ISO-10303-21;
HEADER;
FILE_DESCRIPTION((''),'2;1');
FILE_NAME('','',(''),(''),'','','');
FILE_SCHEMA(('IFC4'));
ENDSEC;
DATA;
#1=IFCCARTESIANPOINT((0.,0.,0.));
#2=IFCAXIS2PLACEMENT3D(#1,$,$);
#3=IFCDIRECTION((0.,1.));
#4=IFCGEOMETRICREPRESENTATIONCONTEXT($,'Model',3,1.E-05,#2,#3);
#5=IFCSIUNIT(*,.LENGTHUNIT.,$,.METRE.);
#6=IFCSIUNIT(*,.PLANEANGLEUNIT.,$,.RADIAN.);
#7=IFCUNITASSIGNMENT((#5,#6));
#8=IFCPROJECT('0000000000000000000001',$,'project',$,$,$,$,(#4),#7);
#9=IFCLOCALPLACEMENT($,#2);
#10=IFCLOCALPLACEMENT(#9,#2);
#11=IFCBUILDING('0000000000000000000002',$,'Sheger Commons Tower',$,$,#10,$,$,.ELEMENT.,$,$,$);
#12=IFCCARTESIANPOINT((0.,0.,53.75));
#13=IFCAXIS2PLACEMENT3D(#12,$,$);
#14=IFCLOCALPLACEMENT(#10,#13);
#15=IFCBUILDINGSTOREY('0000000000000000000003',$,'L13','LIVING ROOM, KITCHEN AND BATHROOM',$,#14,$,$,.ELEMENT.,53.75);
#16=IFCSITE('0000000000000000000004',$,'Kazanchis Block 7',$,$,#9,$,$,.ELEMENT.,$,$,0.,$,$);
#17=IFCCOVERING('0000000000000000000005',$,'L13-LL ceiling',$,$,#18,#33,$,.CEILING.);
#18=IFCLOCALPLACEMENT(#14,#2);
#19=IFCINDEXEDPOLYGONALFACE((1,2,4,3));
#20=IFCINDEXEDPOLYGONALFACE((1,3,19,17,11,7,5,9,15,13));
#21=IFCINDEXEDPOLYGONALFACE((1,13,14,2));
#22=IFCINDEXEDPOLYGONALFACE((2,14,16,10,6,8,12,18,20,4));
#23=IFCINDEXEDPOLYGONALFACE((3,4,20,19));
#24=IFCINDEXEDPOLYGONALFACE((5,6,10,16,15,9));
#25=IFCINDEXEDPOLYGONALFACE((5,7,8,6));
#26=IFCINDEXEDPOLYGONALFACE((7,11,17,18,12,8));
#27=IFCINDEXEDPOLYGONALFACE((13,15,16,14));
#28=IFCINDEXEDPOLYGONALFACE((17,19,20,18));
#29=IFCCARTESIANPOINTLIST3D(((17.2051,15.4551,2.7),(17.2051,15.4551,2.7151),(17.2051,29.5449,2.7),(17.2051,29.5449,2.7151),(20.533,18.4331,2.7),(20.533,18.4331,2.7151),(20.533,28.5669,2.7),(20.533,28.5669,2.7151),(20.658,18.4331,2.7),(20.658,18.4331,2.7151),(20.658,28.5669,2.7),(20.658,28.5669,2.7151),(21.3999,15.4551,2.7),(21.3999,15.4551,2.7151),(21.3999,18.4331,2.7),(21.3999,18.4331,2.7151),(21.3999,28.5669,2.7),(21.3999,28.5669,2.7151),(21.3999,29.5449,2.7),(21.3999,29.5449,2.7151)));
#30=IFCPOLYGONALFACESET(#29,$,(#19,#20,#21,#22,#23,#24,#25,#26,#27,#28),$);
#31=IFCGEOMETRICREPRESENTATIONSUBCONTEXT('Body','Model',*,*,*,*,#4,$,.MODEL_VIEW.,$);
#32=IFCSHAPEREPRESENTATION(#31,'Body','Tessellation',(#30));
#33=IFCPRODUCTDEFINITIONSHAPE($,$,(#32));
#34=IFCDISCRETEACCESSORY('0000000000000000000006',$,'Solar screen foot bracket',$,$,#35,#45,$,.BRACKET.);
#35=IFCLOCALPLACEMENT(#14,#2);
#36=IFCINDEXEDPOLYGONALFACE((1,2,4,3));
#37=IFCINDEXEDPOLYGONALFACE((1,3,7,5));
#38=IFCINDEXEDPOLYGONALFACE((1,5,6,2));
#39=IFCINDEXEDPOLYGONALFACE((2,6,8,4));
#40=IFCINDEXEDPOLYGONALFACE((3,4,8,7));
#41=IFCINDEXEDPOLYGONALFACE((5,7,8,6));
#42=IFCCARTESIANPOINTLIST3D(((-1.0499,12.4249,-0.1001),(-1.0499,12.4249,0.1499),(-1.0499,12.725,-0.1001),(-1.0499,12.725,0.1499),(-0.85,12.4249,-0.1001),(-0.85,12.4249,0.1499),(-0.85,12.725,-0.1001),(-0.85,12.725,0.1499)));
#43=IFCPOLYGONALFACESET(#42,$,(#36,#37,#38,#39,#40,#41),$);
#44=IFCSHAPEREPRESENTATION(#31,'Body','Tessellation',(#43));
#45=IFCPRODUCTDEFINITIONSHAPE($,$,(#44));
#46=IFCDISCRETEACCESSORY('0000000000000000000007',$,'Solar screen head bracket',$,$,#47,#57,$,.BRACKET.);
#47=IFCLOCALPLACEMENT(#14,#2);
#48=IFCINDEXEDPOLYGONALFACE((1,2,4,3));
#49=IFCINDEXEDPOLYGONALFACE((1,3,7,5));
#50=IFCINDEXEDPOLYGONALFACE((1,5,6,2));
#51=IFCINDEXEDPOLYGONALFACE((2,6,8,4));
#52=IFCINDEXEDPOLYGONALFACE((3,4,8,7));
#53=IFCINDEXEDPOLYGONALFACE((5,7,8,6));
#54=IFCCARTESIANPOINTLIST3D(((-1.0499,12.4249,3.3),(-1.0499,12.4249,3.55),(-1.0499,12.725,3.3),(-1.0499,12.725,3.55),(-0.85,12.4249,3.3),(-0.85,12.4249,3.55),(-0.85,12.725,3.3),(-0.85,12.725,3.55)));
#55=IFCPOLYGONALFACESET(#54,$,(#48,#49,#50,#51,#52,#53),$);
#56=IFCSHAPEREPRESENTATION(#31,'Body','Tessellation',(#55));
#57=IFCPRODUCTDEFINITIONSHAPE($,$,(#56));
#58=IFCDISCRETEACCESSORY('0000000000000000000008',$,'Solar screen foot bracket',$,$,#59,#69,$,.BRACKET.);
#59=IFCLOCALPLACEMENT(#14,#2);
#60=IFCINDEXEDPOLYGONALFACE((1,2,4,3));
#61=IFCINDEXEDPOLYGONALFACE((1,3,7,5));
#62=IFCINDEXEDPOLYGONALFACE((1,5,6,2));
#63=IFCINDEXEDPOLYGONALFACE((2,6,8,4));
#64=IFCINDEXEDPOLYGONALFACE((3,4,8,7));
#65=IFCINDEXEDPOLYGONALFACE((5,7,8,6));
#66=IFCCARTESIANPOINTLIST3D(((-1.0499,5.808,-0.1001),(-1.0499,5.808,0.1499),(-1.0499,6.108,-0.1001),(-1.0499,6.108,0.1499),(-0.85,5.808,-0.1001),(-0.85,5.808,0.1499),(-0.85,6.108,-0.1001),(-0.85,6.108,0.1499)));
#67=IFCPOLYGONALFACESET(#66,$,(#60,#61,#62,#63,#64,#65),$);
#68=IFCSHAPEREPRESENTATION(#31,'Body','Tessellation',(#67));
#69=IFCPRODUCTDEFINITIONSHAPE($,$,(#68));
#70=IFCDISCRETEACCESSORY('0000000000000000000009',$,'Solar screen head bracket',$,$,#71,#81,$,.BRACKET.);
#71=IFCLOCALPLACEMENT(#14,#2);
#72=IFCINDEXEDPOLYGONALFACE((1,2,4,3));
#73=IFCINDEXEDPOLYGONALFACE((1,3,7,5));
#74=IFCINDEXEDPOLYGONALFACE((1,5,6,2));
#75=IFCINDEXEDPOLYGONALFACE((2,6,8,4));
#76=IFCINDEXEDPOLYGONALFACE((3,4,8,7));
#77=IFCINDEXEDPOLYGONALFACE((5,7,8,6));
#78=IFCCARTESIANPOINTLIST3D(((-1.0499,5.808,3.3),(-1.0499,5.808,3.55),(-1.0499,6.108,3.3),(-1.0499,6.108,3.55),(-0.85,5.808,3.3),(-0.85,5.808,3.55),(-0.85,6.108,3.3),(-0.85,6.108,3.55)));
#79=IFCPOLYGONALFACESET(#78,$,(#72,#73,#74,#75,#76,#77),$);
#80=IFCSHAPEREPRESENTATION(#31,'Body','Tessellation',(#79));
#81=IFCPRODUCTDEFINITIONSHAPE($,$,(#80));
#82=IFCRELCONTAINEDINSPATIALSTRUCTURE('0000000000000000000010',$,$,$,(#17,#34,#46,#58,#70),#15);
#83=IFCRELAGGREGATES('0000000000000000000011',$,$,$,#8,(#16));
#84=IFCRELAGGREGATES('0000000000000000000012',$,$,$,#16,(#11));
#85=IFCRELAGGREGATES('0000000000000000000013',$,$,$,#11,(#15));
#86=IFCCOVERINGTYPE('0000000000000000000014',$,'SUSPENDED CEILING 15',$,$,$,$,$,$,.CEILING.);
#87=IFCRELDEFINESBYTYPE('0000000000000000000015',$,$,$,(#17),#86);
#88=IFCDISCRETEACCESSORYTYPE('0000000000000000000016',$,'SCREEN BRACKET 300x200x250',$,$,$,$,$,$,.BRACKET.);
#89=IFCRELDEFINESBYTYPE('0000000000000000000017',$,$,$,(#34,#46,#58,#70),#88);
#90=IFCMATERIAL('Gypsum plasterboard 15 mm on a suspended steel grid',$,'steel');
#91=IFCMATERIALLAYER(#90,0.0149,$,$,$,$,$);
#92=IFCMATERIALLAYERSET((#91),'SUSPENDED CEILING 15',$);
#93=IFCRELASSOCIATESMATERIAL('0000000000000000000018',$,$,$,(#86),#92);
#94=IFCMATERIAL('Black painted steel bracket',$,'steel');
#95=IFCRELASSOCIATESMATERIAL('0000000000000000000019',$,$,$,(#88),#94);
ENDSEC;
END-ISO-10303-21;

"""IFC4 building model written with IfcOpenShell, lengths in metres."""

from ifc_helpers import new_model, si_unit, direction, frame, origin, origin_2d, place, context, subcontext, project, spatial, polyline, rectangle, outline, extrude, material, layer, layer_set, type_object, element, save


model = new_model("IFC4")

# Units and contexts
model_context = context("Model", 3, precision=1e-05, world=origin(), true_north=direction((0.0, 1.0)))
body_context = subcontext(model_context, "Body", "Model", "MODEL_VIEW")
ifc_project = project(units=[si_unit("LENGTHUNIT", "METRE"), si_unit("PLANEANGLEUNIT", "RADIAN")], contexts=[model_context])

# Site, building, storey
site_placement = place(None, origin())
site = spatial("IfcSite", under=ifc_project, at=site_placement, Name="Kazanchis Block 7", CompositionType="ELEMENT", RefElevation=0.0)
building_placement = place(site_placement, origin())
building = spatial("IfcBuilding", under=site, at=building_placement, Name="Sheger Commons Tower", CompositionType="ELEMENT")
storey_placement = place(building_placement, frame((0.0, 0.0, 53.75)))
storey = spatial("IfcBuildingStorey", under=building, at=storey_placement, Name="L13", Description="LIVING ROOM, KITCHEN AND BATHROOM", CompositionType="ELEMENT", Elevation=53.75)

# Covering
ifc_material_1 = material(Name="Gypsum plasterboard 15 mm on a suspended steel grid", Category="steel")
ifc_layer_1 = layer(ifc_material_1, 0.0149)
ifc_layer_set_1 = layer_set([ifc_layer_1], Name="SUSPENDED CEILING 15")
covering_type_1 = type_object("IfcCoveringType", Name="SUSPENDED CEILING 15", PredefinedType="CEILING", material=ifc_layer_set_1)
covering_1_placement = place(storey_placement, frame((0.0, 0.0, 2.7)))
element("IfcCovering", 1, at=covering_1_placement, inside=storey, type_object=covering_type_1, Name="L13-LL ceiling", PredefinedType="CEILING", context=body_context, shape_type="SweptSolid", body=[
    extrude(outline(polyline([(17.2051, 15.4551), (21.3999, 15.4551), (21.3999, 18.4331), (20.658, 18.4331), (20.533, 18.4331), (20.533, 28.5669), (20.658, 28.5669), (21.3999, 28.5669), (21.3999, 29.5449), (17.2051, 29.5449), (17.2051, 15.4551)])), origin(), (0.0, 0.0, 1.0), 0.0151),
])

# Discrete accessories
ifc_material_2 = material(Name="Black painted steel bracket", Category="steel")
discrete_accessory_type = type_object("IfcDiscreteAccessoryType", Name="SCREEN BRACKET 300x200x250", PredefinedType="BRACKET", material=ifc_material_2)
for number, where, z_axis, x_axis, name in (
    (2, (-0.95, 12.575, -0.1001), (0.0, 0.0, 1.0), (0.0, -1.0, 0.0), "Solar screen foot bracket"),
    (3, (-0.95, 12.575, 3.3), (0.0, 0.0, 1.0), (0.0, -1.0, 0.0), "Solar screen head bracket"),
    (4, (-0.95, 5.958, -0.1001), (0.0, 0.0, 1.0), (0.0, -1.0, 0.0), "Solar screen foot bracket"),
    (5, (-0.95, 5.958, 3.3), (0.0, 0.0, 1.0), (0.0, -1.0, 0.0), "Solar screen head bracket"),
):
    element("IfcDiscreteAccessory", number, at=place(storey_placement, frame(where, z_axis=z_axis, x_axis=x_axis)), inside=storey, type_object=discrete_accessory_type, Name=name, PredefinedType="BRACKET", context=body_context, shape_type="SweptSolid", body=[
        extrude(rectangle(XDim=0.3, YDim=0.2, at=origin_2d()), origin(), (0.0, 0.0, 1.0), 0.25),
    ])

save(model, "model.ifc")
